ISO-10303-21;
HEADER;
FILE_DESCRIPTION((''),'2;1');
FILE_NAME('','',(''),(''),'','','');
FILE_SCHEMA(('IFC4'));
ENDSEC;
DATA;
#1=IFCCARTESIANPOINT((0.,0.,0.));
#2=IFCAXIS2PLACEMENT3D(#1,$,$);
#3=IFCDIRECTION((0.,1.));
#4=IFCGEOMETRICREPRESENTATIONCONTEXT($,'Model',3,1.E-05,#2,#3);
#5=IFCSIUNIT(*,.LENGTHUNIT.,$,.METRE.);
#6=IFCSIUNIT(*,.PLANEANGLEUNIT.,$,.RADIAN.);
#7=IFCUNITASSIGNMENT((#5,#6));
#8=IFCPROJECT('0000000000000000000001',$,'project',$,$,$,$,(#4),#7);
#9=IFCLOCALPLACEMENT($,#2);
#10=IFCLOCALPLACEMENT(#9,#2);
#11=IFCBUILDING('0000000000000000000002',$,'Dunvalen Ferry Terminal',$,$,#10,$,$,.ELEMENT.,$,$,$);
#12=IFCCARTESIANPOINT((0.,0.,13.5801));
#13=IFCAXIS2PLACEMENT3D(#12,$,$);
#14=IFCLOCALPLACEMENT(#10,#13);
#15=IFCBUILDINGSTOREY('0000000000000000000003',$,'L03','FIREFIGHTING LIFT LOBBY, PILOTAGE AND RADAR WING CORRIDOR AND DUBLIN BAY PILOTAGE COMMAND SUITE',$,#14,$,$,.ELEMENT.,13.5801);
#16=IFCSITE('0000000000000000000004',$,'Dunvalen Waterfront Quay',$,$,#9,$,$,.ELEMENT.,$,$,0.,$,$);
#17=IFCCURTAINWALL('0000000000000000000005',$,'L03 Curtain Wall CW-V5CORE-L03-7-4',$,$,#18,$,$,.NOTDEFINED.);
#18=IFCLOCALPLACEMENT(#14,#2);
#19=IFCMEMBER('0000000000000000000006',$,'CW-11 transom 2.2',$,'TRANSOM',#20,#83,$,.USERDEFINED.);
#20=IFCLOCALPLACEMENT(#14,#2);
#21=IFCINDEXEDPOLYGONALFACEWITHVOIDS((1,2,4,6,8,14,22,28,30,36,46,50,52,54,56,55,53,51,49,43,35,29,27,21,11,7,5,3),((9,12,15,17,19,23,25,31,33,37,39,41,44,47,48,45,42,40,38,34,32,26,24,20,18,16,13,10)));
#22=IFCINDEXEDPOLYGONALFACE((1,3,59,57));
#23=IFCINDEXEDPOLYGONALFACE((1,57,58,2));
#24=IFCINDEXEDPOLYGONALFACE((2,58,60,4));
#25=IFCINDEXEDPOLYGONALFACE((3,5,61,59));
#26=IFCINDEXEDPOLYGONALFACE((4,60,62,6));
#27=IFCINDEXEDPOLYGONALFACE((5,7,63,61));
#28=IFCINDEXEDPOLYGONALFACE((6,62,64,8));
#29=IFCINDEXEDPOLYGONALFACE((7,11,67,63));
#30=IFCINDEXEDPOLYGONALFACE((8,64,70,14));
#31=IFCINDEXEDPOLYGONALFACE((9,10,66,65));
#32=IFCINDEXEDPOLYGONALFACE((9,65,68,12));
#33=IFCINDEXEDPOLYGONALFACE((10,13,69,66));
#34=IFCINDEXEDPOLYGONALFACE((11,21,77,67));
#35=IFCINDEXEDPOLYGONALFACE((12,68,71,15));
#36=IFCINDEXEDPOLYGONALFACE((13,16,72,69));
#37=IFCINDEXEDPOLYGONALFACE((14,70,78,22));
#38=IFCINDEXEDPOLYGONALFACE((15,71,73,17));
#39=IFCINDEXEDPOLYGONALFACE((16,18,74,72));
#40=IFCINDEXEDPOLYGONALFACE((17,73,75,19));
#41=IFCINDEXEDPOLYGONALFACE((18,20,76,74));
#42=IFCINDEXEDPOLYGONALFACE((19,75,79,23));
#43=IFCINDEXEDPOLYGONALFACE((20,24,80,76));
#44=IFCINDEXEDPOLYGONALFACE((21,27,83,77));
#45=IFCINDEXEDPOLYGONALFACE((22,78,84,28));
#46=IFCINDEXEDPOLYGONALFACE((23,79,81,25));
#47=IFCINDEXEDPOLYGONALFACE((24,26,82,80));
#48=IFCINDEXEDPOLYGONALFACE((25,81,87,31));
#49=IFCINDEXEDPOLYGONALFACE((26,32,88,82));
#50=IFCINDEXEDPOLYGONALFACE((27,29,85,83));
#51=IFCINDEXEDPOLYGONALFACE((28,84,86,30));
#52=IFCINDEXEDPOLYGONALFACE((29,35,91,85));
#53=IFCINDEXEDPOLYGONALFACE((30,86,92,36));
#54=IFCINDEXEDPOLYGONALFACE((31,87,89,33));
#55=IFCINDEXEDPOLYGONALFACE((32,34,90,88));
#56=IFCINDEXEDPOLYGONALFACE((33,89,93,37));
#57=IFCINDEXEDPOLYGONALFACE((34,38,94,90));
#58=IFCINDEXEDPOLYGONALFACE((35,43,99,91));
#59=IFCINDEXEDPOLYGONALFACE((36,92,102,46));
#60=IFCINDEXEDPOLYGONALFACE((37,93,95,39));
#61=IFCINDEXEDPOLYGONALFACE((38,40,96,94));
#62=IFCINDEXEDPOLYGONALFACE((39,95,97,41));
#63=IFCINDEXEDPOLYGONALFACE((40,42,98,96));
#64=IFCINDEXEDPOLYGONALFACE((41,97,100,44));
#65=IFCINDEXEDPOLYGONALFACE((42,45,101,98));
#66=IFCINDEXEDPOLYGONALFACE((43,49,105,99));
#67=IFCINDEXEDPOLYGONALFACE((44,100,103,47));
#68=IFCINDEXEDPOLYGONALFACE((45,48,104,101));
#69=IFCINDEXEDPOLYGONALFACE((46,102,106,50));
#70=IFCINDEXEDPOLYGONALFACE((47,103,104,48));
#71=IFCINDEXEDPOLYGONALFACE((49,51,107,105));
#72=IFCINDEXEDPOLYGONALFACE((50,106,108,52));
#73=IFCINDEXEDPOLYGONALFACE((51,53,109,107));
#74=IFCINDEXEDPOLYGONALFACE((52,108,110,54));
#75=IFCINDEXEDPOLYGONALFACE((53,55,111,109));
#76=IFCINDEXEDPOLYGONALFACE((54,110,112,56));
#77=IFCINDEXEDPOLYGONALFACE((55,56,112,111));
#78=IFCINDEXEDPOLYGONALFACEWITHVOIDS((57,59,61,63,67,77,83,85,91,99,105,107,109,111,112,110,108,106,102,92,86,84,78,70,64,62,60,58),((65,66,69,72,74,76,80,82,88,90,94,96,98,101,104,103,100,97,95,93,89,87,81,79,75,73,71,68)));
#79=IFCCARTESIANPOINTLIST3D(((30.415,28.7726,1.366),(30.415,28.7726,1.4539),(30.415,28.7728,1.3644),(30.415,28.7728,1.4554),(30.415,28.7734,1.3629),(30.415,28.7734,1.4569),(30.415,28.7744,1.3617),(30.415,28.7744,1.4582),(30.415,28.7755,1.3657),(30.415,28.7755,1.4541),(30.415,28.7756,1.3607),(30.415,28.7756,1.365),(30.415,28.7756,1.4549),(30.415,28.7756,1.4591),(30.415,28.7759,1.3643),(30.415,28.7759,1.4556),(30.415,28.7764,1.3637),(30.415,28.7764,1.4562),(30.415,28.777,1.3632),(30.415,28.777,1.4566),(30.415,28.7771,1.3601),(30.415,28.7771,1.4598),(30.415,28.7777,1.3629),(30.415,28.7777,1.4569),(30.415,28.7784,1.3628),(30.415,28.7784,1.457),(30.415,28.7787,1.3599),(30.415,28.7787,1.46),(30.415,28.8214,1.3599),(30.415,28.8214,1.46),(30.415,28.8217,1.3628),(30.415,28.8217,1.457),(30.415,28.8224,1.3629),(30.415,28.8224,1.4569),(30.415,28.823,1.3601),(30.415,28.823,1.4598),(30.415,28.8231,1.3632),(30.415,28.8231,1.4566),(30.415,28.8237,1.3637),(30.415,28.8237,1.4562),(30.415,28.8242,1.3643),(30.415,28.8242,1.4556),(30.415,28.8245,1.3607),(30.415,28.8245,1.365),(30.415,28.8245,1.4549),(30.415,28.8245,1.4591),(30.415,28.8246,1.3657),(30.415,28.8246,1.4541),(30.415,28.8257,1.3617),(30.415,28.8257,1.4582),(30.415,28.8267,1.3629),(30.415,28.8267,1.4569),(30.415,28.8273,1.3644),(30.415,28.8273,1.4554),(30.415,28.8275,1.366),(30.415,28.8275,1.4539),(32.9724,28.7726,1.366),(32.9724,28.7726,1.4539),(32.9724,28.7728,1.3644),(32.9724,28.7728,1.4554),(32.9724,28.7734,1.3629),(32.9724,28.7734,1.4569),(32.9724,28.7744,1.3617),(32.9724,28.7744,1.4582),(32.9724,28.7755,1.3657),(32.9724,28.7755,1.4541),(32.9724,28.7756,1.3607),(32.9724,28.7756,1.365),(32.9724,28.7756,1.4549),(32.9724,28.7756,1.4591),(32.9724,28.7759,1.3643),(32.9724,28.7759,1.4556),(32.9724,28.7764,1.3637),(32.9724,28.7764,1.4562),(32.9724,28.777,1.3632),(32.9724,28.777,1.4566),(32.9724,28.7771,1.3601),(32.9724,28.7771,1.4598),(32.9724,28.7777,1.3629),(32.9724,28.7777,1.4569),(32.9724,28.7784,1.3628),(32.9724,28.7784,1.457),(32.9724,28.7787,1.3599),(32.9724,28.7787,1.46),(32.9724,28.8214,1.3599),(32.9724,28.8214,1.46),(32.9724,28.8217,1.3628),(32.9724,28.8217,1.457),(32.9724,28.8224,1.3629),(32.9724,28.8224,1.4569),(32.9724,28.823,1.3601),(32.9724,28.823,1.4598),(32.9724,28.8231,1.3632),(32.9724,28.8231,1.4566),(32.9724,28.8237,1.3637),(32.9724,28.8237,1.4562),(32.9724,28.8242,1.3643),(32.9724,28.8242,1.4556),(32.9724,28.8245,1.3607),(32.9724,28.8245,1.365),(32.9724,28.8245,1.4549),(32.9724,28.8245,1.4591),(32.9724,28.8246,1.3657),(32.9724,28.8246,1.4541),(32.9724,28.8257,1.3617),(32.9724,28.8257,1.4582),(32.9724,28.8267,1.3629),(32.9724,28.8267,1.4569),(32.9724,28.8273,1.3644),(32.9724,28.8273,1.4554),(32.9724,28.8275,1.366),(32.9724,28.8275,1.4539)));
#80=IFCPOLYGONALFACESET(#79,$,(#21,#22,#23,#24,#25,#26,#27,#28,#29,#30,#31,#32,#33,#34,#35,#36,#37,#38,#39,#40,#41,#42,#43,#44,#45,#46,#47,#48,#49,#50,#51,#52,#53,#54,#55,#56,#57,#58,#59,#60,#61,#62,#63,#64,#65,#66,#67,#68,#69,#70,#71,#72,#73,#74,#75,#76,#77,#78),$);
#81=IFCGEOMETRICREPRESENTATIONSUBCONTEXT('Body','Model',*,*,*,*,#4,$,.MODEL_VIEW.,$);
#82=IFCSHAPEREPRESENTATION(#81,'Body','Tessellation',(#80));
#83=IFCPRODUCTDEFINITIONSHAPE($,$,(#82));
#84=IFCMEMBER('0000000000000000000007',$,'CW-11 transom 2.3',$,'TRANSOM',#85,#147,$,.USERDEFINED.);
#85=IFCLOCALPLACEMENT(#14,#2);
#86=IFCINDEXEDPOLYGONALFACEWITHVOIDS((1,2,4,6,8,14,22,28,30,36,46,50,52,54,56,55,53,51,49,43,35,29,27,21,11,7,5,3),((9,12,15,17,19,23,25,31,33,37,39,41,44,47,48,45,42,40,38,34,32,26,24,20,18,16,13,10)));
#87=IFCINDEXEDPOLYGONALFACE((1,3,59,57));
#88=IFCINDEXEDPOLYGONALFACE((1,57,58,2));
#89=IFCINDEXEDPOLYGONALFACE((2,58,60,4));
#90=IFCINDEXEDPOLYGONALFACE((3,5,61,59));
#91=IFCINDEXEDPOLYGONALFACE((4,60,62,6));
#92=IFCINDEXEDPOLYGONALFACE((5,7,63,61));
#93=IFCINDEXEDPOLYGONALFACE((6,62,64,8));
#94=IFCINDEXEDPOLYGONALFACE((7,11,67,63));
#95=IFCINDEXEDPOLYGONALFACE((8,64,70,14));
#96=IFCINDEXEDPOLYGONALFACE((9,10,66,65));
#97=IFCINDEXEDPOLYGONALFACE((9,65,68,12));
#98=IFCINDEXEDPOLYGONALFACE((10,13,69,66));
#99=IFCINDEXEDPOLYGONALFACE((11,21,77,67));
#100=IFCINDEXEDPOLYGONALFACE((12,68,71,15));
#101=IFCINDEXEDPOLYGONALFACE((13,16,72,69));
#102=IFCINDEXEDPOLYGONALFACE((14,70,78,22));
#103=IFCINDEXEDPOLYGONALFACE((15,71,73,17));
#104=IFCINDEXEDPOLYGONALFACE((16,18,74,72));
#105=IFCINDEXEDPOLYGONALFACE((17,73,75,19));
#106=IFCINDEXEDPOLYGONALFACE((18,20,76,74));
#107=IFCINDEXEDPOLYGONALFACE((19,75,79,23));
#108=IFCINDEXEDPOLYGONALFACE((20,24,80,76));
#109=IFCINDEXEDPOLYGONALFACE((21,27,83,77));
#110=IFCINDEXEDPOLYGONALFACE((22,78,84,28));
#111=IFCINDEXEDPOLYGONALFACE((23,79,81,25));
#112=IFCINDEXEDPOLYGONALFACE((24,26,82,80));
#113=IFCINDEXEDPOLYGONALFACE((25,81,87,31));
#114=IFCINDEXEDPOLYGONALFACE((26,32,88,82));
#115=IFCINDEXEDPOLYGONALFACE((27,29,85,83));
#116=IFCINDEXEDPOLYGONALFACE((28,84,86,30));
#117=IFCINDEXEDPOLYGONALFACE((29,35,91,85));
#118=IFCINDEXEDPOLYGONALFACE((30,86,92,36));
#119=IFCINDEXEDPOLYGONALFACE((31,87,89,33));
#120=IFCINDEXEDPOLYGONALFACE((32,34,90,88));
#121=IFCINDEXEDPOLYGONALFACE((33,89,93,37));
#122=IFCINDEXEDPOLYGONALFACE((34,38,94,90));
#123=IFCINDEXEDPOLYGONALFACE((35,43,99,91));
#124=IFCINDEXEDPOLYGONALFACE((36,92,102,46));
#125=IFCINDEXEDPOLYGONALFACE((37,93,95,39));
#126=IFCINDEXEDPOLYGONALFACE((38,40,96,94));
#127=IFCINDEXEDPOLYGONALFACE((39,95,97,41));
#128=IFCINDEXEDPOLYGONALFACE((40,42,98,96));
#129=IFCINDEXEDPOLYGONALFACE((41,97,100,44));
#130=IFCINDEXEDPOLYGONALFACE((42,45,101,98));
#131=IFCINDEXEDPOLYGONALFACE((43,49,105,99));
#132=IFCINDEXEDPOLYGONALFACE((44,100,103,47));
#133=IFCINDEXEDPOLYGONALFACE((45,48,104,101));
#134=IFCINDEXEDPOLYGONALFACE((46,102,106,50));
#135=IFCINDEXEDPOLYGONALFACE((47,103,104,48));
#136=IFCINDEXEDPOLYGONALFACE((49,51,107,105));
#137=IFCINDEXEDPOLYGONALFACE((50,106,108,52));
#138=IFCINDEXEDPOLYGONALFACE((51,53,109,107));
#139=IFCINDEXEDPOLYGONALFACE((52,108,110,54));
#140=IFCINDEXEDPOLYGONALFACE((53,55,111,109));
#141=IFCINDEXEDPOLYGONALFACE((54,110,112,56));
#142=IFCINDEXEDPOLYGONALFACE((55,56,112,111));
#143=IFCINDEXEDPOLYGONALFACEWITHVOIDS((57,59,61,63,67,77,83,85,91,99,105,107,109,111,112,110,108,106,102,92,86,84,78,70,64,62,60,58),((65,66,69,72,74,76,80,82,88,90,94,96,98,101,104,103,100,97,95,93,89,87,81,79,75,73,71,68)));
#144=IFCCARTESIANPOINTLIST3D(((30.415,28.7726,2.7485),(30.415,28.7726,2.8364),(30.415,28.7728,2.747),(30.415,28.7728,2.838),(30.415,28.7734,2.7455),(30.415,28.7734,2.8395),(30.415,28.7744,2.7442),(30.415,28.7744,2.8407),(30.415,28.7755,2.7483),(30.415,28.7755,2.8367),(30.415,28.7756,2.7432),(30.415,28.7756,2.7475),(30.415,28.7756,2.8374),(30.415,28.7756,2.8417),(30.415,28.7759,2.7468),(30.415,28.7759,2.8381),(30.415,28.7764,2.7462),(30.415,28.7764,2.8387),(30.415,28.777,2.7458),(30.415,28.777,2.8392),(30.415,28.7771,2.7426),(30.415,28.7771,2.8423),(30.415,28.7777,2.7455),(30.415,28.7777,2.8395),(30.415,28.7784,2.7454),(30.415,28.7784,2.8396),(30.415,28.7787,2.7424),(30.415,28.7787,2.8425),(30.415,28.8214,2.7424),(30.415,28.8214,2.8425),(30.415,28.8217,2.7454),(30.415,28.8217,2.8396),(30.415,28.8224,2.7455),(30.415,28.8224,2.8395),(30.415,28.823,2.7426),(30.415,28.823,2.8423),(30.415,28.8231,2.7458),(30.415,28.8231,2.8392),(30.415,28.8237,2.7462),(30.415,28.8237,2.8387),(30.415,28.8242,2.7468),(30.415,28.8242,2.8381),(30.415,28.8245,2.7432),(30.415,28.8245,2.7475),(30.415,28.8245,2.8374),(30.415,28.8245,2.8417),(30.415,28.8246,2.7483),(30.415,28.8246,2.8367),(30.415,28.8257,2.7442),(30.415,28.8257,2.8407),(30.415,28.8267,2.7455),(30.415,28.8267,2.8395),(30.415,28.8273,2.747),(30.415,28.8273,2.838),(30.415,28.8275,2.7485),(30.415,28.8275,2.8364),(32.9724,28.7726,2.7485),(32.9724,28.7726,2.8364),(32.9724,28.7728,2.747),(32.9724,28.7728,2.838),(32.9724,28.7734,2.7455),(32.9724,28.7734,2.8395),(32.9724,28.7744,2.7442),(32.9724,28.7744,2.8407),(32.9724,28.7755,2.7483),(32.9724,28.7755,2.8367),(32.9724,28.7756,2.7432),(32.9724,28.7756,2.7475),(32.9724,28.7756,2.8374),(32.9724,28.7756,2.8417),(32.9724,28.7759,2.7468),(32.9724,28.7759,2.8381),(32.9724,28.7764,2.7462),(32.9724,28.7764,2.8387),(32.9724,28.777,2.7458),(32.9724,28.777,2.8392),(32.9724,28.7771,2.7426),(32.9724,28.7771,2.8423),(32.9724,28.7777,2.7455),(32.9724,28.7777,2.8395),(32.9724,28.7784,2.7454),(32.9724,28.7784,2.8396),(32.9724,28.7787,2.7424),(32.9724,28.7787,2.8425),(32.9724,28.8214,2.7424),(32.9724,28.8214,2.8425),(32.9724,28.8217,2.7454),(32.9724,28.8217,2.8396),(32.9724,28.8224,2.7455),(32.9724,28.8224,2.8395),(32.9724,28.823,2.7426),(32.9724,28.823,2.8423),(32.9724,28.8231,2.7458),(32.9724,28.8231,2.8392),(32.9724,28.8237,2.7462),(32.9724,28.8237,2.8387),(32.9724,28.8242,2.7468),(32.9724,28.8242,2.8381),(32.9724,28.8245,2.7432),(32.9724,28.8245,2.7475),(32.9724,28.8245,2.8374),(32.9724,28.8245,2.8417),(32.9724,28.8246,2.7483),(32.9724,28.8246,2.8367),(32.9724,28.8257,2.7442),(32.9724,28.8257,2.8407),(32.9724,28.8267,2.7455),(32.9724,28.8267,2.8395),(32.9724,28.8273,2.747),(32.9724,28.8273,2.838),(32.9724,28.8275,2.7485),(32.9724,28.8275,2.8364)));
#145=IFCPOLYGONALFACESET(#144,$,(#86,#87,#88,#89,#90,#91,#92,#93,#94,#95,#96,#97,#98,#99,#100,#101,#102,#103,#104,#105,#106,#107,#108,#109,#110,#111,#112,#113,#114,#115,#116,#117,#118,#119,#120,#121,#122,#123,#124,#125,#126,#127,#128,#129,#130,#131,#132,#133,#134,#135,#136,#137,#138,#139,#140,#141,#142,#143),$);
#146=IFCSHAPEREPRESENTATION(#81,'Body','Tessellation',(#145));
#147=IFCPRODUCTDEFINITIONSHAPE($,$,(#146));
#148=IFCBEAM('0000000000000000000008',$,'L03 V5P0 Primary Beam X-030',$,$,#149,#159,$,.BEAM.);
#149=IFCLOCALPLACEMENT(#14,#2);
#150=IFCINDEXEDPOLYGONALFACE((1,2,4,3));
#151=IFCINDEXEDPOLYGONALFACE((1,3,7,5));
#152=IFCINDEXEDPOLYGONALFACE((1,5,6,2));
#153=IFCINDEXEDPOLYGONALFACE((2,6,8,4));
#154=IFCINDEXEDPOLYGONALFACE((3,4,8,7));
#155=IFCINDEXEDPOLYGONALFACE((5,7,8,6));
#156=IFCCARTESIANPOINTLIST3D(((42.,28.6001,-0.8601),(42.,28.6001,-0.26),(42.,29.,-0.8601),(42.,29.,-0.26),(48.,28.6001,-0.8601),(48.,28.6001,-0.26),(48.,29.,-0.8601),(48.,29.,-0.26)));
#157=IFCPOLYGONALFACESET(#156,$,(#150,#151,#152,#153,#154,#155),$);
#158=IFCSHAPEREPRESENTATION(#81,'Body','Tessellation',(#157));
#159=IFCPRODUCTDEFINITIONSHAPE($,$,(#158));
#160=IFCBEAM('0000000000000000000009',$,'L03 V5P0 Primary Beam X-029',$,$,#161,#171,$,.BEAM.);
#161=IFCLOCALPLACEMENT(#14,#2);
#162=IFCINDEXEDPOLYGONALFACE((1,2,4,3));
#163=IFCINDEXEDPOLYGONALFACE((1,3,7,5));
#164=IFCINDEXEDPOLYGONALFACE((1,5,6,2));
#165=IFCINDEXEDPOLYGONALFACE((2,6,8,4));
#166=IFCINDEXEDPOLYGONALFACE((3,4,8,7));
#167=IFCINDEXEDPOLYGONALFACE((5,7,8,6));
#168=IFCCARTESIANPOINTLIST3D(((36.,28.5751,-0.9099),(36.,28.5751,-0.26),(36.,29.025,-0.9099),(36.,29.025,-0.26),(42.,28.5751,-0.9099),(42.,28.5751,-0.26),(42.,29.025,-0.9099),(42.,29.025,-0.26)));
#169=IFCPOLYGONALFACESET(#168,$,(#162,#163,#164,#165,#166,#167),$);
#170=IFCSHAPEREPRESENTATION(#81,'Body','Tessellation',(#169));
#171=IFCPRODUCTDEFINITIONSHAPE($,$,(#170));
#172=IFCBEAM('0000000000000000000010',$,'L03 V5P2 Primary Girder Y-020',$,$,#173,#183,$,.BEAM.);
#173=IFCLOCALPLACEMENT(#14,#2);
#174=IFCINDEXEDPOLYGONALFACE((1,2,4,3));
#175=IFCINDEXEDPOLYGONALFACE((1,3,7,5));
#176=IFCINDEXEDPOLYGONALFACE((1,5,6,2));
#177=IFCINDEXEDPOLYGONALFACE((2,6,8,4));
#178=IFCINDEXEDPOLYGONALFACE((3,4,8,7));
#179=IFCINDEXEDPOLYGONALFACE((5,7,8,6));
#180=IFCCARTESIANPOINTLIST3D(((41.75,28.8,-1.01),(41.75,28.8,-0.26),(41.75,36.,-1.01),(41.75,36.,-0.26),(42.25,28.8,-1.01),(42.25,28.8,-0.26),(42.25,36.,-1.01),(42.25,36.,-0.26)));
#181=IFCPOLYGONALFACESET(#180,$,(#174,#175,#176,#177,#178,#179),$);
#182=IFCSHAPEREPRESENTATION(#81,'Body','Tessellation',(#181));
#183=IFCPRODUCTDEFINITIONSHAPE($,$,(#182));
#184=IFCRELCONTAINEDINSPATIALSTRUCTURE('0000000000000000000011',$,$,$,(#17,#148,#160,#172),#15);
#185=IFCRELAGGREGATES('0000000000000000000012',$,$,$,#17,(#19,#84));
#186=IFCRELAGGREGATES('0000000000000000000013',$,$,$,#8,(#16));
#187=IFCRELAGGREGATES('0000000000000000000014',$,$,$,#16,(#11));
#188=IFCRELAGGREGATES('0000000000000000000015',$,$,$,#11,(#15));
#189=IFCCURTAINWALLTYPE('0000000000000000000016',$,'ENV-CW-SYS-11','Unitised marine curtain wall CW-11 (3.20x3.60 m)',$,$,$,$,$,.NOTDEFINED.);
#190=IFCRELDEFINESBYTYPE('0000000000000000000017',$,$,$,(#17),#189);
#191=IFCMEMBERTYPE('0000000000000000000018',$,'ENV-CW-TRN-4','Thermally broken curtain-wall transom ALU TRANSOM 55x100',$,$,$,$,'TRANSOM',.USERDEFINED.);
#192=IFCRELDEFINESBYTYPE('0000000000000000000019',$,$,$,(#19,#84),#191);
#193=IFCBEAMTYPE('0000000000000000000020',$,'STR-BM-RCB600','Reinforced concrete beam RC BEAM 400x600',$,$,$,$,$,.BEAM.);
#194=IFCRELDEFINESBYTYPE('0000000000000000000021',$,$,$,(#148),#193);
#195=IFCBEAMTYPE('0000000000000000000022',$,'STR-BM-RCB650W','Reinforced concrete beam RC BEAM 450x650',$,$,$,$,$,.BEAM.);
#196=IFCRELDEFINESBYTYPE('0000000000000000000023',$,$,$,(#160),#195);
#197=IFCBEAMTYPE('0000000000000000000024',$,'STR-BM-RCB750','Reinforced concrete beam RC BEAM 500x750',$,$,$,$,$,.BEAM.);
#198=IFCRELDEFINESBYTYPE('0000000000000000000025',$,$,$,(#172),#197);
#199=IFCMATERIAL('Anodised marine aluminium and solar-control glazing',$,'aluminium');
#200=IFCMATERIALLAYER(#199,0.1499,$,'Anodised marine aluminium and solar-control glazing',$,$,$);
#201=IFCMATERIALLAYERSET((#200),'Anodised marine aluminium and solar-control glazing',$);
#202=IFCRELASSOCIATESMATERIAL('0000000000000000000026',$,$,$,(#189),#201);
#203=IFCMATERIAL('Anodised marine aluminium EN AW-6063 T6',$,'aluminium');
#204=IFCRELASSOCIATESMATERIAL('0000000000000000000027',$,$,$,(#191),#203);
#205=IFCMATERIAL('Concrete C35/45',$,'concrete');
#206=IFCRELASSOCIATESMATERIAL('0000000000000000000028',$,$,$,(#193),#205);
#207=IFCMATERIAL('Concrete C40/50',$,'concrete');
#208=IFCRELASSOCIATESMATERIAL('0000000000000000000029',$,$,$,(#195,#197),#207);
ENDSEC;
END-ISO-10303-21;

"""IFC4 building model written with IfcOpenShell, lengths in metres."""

from ifc_helpers import new_model, si_unit, direction, frame, origin, origin_2d, place, context, subcontext, project, spatial, rectangle, hollow_rectangle, extrude, material, layer, layer_set, material_profile, profile_set, type_object, element, aggregate, save


model = new_model("IFC4")

# Units and contexts
model_context = context("Model", 3, precision=1e-05, world=origin(), true_north=direction((0.0, 1.0)))
body_context = subcontext(model_context, "Body", "Model", "MODEL_VIEW")
ifc_project = project(units=[si_unit("LENGTHUNIT", "METRE"), si_unit("PLANEANGLEUNIT", "RADIAN")], contexts=[model_context])

# Site, building, storey
site_placement = place(None, origin())
site = spatial("IfcSite", under=ifc_project, at=site_placement, Name="Dunvalen Waterfront Quay", CompositionType="ELEMENT", RefElevation=0.0)
building_placement = place(site_placement, origin())
building = spatial("IfcBuilding", under=site, at=building_placement, Name="Dunvalen Ferry Terminal", CompositionType="ELEMENT")
storey_placement = place(building_placement, frame((0.0, 0.0, 13.5801)))
storey = spatial("IfcBuildingStorey", under=building, at=storey_placement, Name="L03", Description="FIREFIGHTING LIFT LOBBY, PILOTAGE AND RADAR WING CORRIDOR AND DUBLIN BAY PILOTAGE COMMAND SUITE", CompositionType="ELEMENT", Elevation=13.5801)

# Shared definitions
ifc_material_1 = material(Name="Concrete C40/50", Category="concrete")

# Curtain wall
ifc_material_2 = material(Name="Anodised marine aluminium and solar-control glazing", Category="aluminium")
ifc_layer_1 = layer(ifc_material_2, 0.1499, Name="Anodised marine aluminium and solar-control glazing")
ifc_layer_set_1 = layer_set([ifc_layer_1], Name="Anodised marine aluminium and solar-control glazing")
curtain_wall_type = type_object("IfcCurtainWallType", Name="ENV-CW-SYS-11", Description="Unitised marine curtain wall CW-11 (3.20x3.60 m)", PredefinedType="NOTDEFINED", material=ifc_layer_set_1)
ifc_material_3 = material(Name="Anodised marine aluminium EN AW-6063 T6", Category="aluminium")
curtain_wall_1_placement = place(storey_placement, origin())
curtain_wall_1 = element("IfcCurtainWall", 1, at=curtain_wall_1_placement, inside=storey, type_object=curtain_wall_type, Name="L03 Curtain Wall CW-V5CORE-L03-7-4", PredefinedType="NOTDEFINED")

# Members
ifc_material_profile_1 = material_profile(ifc_material_3, hollow_rectangle(XDim=0.0549, YDim=0.1001, WallThickness=0.0029, InnerFilletRadius=0.0029, OuterFilletRadius=0.0061, at=origin_2d()), Name="Anodised marine aluminium EN AW-6063 T6")
ifc_profile_set_1 = profile_set([ifc_material_profile_1], Name="Anodised marine aluminium EN AW-6063 T6")
member_type_1 = type_object("IfcMemberType", Name="ENV-CW-TRN-4", Description="Thermally broken curtain-wall transom ALU TRANSOM 55x100", ElementType="TRANSOM", PredefinedType="USERDEFINED", material=ifc_profile_set_1)
member_1_placement = place(storey_placement, frame((32.9724, 28.8, 1.4099), z_axis=(-1.0, 0.0, 0.0), x_axis=(0.0, -1.0, 0.0)))
member_1 = element("IfcMember", 2, at=member_1_placement, type_object=member_type_1, Name="CW-11 transom 2.2", ObjectType="TRANSOM", PredefinedType="USERDEFINED", context=body_context, shape_type="SweptSolid", body=[
    extrude(hollow_rectangle(XDim=0.0549, YDim=0.1001, WallThickness=0.0029, InnerFilletRadius=0.0029, OuterFilletRadius=0.0061, at=origin_2d()), origin(), (0.0, 0.0, 1.0), 2.5574),
])
member_2_placement = place(storey_placement, frame((32.9724, 28.8, 2.7925), z_axis=(-1.0, 0.0, 0.0), x_axis=(0.0, -1.0, 0.0)))
member_2 = element("IfcMember", 3, at=member_2_placement, type_object=member_type_1, Name="CW-11 transom 2.3", ObjectType="TRANSOM", PredefinedType="USERDEFINED", context=body_context, shape_type="SweptSolid", body=[
    extrude(hollow_rectangle(XDim=0.0549, YDim=0.1001, WallThickness=0.0029, InnerFilletRadius=0.0029, OuterFilletRadius=0.0061, at=origin_2d()), origin(), (0.0, 0.0, 1.0), 2.5574),
])

# Beams
ifc_material_4 = material(Name="Concrete C35/45", Category="concrete")
ifc_material_profile_2 = material_profile(ifc_material_4, rectangle(XDim=0.3999, YDim=0.6001, at=origin_2d()), Name="Concrete C35/45")
ifc_profile_set_2 = profile_set([ifc_material_profile_2], Name="Concrete C35/45")
beam_type_1 = type_object("IfcBeamType", Name="STR-BM-RCB600", Description="Reinforced concrete beam RC BEAM 400x600", PredefinedType="BEAM", material=ifc_profile_set_2)
beam_1_placement = place(storey_placement, frame((42.0, 28.8, -0.5601), z_axis=(1.0, 0.0, 0.0), x_axis=(0.0, 1.0, 0.0)))
element("IfcBeam", 4, at=beam_1_placement, inside=storey, type_object=beam_type_1, Name="L03 V5P0 Primary Beam X-030", PredefinedType="BEAM", context=body_context, shape_type="SweptSolid", body=[
    extrude(rectangle(XDim=0.3999, YDim=0.6001, at=origin_2d()), origin(), (0.0, 0.0, 1.0), 6.0),
])
ifc_material_profile_3 = material_profile(ifc_material_1, rectangle(XDim=0.45, YDim=0.6499, at=origin_2d()), Name="Concrete C40/50")
ifc_profile_set_3 = profile_set([ifc_material_profile_3], Name="Concrete C40/50")
beam_type_2 = type_object("IfcBeamType", Name="STR-BM-RCB650W", Description="Reinforced concrete beam RC BEAM 450x650", PredefinedType="BEAM", material=ifc_profile_set_3)
beam_2_placement = place(storey_placement, frame((36.0, 28.8, -0.585), z_axis=(1.0, 0.0, 0.0), x_axis=(0.0, 1.0, 0.0)))
element("IfcBeam", 5, at=beam_2_placement, inside=storey, type_object=beam_type_2, Name="L03 V5P0 Primary Beam X-029", PredefinedType="BEAM", context=body_context, shape_type="SweptSolid", body=[
    extrude(rectangle(XDim=0.45, YDim=0.6499, at=origin_2d()), origin(), (0.0, 0.0, 1.0), 6.0),
])
ifc_material_profile_4 = material_profile(ifc_material_1, rectangle(XDim=0.5, YDim=0.75, at=origin_2d()), Name="Concrete C40/50")
ifc_profile_set_4 = profile_set([ifc_material_profile_4], Name="Concrete C40/50")
beam_type_3 = type_object("IfcBeamType", Name="STR-BM-RCB750", Description="Reinforced concrete beam RC BEAM 500x750", PredefinedType="BEAM", material=ifc_profile_set_4)
beam_3_placement = place(storey_placement, frame((42.0, 28.8, -0.635), z_axis=(0.0, 1.0, 0.0), x_axis=(-1.0, 0.0, 0.0)))
element("IfcBeam", 6, at=beam_3_placement, inside=storey, type_object=beam_type_3, Name="L03 V5P2 Primary Girder Y-020", PredefinedType="BEAM", context=body_context, shape_type="SweptSolid", body=[
    extrude(rectangle(XDim=0.5, YDim=0.75, at=origin_2d()), origin(), (0.0, 0.0, 1.0), 7.2),
])

aggregate(curtain_wall_1, [member_1, member_2])

save(model, "model.ifc")
